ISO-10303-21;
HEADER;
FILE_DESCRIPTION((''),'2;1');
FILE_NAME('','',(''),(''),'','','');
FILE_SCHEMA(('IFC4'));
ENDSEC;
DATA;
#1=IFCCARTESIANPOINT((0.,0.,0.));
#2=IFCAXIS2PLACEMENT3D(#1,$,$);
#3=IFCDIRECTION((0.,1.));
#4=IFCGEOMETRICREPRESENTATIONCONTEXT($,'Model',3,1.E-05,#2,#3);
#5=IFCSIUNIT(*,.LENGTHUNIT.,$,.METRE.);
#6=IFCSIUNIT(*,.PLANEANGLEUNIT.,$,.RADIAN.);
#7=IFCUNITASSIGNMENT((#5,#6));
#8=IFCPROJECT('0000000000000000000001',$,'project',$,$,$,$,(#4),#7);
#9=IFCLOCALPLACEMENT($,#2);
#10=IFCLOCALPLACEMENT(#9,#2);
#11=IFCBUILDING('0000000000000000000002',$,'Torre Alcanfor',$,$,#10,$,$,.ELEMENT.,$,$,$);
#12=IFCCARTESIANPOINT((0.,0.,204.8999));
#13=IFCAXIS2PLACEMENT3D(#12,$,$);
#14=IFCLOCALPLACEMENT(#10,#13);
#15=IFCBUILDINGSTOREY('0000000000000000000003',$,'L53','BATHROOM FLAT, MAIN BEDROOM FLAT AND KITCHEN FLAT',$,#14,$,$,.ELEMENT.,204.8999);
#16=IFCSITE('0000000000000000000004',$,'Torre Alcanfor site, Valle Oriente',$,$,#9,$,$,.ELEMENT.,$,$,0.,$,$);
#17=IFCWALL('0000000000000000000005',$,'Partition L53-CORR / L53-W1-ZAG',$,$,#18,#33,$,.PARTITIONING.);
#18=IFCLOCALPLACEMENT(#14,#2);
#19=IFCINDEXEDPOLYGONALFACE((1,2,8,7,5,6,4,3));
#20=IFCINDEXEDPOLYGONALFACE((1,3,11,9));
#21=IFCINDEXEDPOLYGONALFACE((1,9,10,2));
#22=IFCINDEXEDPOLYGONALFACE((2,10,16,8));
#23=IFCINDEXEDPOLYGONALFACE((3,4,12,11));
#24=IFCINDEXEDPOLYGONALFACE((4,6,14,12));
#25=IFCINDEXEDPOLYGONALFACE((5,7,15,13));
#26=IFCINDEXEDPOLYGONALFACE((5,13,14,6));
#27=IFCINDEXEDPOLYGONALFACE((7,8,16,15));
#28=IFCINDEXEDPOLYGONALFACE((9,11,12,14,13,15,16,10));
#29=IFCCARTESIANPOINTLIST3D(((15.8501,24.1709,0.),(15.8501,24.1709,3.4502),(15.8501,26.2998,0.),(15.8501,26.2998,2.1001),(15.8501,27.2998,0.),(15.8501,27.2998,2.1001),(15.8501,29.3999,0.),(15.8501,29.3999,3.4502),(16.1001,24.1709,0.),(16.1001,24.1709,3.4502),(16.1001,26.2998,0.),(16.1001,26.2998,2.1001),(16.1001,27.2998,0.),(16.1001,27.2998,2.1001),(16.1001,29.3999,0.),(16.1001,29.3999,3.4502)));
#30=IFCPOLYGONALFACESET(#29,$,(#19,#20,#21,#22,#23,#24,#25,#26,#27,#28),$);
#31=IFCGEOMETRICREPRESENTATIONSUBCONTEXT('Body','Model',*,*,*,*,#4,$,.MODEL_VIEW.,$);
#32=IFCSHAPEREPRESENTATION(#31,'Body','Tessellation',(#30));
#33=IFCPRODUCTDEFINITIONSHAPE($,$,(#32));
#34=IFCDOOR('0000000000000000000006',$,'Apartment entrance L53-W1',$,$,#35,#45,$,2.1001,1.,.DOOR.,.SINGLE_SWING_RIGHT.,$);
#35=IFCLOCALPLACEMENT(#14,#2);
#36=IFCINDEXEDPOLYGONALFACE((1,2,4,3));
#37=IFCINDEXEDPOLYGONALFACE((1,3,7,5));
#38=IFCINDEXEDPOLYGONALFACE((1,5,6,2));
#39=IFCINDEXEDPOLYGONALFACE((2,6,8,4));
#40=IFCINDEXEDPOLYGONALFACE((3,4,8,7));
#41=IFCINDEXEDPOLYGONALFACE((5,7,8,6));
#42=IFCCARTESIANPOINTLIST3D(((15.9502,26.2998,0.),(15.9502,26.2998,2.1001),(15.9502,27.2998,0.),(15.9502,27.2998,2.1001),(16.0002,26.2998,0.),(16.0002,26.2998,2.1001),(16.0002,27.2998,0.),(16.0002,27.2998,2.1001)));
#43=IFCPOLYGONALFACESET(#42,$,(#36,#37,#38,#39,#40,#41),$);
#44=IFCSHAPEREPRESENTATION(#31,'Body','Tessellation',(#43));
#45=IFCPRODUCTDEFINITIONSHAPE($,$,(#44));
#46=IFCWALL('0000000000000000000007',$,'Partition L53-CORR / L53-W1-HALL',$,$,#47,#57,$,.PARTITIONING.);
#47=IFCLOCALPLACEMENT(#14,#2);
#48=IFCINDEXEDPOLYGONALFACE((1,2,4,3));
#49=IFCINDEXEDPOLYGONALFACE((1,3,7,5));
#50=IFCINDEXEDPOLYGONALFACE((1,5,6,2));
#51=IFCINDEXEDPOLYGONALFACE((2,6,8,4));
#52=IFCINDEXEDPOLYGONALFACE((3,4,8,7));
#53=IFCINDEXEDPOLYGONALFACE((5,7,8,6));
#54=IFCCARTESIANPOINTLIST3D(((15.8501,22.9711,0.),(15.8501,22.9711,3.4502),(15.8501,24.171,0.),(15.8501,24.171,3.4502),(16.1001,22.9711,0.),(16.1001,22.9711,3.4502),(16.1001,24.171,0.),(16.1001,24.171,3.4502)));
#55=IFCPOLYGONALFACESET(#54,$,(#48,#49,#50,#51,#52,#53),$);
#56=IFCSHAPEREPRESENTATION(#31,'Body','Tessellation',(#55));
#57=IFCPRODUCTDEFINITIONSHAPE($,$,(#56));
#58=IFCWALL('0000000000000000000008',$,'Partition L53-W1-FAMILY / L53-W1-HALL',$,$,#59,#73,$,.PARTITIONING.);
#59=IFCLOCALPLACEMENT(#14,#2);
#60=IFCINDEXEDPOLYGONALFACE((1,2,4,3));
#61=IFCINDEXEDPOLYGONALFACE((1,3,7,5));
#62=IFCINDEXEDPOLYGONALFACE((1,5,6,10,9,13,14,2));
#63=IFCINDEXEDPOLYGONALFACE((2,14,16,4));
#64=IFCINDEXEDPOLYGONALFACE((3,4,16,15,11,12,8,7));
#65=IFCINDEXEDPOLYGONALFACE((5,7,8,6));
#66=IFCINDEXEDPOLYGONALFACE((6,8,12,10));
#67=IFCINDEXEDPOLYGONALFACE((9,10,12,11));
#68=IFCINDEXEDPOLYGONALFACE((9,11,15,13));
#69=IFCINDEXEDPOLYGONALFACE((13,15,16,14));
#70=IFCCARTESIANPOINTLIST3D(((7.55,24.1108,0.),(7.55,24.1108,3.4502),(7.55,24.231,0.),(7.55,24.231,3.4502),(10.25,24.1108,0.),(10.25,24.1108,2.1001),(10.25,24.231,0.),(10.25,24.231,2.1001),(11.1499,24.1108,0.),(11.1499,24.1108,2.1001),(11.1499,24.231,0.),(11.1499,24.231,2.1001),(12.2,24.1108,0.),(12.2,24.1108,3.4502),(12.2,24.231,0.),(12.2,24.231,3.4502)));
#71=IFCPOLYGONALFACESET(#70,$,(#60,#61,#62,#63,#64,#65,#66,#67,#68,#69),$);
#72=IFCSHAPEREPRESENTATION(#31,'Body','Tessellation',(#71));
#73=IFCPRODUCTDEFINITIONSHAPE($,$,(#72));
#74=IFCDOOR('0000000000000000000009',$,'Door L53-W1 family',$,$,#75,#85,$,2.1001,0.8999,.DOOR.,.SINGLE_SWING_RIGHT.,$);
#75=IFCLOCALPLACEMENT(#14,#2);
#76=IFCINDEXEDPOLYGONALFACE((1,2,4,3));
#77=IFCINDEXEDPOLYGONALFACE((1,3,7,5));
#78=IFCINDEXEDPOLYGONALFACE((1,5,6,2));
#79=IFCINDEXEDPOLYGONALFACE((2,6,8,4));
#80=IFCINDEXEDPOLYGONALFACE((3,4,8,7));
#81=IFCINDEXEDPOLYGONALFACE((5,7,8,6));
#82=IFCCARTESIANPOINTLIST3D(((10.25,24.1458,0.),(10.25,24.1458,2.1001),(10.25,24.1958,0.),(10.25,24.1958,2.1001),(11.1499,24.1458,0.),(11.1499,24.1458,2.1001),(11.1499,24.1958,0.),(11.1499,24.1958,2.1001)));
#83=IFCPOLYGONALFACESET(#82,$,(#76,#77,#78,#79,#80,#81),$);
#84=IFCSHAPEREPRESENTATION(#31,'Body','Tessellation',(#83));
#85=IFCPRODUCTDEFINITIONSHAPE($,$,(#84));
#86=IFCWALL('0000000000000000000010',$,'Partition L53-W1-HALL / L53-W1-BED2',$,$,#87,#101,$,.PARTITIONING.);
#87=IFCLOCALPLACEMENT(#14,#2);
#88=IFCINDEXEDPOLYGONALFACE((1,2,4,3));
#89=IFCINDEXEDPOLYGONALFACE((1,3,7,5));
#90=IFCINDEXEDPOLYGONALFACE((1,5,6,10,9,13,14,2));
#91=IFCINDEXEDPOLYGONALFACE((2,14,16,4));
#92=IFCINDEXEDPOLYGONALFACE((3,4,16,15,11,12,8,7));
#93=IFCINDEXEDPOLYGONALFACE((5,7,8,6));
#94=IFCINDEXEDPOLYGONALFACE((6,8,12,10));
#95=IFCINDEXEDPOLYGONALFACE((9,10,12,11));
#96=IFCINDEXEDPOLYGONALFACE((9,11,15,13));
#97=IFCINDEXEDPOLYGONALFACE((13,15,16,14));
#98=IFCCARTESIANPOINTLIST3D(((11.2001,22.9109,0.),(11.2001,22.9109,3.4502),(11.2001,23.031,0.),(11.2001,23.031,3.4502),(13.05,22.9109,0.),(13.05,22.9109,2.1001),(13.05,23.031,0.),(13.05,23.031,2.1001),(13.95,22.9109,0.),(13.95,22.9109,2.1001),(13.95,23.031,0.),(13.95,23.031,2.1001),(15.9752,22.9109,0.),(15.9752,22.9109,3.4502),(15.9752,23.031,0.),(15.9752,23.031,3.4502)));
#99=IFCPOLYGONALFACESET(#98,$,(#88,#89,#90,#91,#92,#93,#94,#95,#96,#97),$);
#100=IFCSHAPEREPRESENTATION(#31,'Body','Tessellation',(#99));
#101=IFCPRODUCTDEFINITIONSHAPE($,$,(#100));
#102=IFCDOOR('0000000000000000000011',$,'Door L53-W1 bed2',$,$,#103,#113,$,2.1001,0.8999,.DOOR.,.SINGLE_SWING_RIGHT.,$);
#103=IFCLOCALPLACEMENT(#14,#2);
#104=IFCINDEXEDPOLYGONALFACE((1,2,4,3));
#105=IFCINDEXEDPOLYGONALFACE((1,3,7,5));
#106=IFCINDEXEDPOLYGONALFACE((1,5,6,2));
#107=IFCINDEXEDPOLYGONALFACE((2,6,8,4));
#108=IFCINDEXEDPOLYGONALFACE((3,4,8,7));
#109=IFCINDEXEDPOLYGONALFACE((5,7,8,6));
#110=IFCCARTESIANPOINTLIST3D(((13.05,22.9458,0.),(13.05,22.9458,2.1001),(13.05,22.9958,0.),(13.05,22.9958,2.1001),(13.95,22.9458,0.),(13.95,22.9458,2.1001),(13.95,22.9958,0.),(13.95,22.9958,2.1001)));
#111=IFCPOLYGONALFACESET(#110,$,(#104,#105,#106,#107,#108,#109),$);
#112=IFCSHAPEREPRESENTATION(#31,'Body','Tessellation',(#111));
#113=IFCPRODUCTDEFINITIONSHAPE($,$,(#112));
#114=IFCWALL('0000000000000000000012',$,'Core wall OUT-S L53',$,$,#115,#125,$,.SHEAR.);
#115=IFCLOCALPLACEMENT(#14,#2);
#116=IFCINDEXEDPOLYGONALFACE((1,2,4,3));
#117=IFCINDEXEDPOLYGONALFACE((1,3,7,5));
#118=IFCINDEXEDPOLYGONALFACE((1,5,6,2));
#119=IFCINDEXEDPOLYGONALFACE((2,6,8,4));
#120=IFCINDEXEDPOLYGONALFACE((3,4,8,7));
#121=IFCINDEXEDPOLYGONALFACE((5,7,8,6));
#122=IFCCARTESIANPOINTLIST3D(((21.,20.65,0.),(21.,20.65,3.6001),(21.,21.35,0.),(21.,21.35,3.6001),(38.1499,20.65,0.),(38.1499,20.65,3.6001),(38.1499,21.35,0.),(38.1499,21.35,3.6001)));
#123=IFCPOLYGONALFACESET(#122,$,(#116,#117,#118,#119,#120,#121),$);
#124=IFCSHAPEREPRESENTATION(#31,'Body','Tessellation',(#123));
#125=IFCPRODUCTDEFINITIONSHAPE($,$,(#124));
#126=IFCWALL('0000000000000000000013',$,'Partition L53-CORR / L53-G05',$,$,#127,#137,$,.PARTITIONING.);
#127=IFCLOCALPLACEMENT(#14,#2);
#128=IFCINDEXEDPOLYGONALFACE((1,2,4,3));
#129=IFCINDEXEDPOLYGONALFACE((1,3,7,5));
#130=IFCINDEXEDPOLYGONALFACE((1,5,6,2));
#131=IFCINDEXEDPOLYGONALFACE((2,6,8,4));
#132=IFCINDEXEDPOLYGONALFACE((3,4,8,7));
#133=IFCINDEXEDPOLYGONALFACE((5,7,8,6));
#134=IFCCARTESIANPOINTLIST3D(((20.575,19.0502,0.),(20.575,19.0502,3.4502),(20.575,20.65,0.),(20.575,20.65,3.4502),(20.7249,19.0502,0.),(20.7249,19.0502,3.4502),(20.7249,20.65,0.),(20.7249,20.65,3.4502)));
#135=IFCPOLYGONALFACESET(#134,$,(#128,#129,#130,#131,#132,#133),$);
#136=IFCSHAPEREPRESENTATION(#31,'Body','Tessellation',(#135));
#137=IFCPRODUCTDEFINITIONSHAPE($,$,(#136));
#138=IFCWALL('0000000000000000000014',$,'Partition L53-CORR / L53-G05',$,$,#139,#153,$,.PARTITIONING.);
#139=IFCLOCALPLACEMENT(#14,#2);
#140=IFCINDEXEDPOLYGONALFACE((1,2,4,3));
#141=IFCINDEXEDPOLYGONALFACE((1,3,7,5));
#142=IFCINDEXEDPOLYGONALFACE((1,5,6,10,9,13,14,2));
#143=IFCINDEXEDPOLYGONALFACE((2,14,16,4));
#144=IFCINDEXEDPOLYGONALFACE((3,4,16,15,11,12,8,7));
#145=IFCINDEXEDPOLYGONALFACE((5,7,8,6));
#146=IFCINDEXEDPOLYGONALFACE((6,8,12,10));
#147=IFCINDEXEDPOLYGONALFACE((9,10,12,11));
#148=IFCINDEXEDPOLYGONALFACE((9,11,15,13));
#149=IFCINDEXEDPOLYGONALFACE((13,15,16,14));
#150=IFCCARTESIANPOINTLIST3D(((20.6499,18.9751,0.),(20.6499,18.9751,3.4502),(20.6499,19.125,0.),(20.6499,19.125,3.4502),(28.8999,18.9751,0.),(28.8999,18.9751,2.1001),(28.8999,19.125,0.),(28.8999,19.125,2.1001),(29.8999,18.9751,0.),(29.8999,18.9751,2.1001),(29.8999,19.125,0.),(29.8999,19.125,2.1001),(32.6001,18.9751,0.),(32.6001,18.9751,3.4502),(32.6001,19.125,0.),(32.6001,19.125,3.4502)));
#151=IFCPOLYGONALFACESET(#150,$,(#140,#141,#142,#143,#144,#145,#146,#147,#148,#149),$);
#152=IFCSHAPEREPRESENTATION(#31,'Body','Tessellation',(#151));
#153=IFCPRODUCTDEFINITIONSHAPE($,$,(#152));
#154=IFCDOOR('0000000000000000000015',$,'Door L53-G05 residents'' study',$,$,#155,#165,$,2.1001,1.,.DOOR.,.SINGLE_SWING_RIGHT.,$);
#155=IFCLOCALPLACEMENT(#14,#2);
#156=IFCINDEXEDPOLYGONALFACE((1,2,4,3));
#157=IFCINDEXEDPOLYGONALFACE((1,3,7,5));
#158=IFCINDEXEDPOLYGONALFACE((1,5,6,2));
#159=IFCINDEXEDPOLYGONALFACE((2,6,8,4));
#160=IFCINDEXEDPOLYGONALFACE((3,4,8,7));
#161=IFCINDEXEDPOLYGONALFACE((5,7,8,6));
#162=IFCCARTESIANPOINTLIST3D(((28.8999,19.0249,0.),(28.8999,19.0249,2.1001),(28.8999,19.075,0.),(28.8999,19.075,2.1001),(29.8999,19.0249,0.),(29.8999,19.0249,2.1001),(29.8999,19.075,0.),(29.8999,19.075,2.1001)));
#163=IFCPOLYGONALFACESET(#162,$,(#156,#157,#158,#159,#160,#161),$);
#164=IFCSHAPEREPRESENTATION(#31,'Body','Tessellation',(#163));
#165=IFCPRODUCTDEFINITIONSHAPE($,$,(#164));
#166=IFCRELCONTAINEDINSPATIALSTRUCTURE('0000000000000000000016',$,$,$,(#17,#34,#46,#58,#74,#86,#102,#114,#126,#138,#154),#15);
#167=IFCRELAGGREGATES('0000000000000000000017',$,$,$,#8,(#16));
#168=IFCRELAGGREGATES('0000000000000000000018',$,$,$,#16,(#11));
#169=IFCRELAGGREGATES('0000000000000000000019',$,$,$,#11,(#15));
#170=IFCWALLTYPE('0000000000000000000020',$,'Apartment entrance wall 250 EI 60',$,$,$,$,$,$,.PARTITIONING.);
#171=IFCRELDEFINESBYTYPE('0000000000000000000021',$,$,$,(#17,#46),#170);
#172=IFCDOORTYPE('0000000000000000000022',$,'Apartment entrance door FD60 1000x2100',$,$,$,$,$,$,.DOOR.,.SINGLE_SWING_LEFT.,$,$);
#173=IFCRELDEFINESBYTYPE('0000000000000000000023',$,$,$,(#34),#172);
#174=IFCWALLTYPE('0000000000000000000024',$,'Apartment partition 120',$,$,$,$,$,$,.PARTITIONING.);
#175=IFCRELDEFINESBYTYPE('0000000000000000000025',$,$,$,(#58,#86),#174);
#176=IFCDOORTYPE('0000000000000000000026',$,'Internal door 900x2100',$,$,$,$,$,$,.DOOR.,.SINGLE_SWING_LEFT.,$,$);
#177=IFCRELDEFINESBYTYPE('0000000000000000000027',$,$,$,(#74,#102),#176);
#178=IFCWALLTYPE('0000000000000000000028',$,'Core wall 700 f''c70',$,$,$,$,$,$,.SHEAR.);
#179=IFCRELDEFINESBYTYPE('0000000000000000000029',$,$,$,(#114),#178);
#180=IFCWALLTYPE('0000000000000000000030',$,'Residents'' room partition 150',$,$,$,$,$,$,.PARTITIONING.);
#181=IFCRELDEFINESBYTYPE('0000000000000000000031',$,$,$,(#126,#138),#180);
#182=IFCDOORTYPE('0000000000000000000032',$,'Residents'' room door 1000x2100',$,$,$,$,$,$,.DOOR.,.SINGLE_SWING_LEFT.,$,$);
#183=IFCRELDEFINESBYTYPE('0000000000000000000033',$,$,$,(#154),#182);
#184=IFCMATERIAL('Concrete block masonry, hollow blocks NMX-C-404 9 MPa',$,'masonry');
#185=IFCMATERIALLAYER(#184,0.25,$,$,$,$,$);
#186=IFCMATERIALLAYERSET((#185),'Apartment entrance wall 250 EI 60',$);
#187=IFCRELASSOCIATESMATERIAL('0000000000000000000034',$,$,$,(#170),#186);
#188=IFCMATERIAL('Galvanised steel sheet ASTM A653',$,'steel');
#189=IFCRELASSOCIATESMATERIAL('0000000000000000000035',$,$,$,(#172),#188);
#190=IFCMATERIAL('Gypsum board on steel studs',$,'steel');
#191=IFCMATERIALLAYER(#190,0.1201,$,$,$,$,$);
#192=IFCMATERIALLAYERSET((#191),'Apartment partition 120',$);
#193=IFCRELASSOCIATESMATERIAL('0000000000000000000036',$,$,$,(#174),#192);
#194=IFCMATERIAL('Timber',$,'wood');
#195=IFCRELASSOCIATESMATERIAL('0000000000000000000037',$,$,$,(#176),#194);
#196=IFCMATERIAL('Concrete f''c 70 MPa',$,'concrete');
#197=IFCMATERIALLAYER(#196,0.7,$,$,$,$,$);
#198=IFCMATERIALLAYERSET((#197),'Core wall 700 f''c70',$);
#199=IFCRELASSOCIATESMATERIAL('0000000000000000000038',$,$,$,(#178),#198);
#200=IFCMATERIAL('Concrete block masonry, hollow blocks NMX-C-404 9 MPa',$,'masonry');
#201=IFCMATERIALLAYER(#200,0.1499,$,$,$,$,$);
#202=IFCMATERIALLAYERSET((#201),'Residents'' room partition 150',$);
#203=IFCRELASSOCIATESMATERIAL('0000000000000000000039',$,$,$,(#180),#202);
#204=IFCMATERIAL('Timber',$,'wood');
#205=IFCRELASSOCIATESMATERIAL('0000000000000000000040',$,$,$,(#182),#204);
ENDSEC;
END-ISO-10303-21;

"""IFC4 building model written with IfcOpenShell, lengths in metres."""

from ifc_helpers import new_model, si_unit, direction, frame, frame_2d, origin, place, context, subcontext, project, spatial, rectangle, extrude, material, layer, layer_set, type_object, element, fill, save


model = new_model("IFC4")

# Units and contexts
model_context = context("Model", 3, precision=1e-05, world=origin(), true_north=direction((0.0, 1.0)))
body_context = subcontext(model_context, "Body", "Model", "MODEL_VIEW")
ifc_project = project(units=[si_unit("LENGTHUNIT", "METRE"), si_unit("PLANEANGLEUNIT", "RADIAN")], contexts=[model_context])

# Site, building, storey
site_placement = place(None, origin())
site = spatial("IfcSite", under=ifc_project, at=site_placement, Name="Torre Alcanfor site, Valle Oriente", CompositionType="ELEMENT", RefElevation=0.0)
building_placement = place(site_placement, origin())
building = spatial("IfcBuilding", under=site, at=building_placement, Name="Torre Alcanfor", CompositionType="ELEMENT")
storey_placement = place(building_placement, frame((0.0, 0.0, 204.8999)))
storey = spatial("IfcBuildingStorey", under=building, at=storey_placement, Name="L53", Description="BATHROOM FLAT, MAIN BEDROOM FLAT AND KITCHEN FLAT", CompositionType="ELEMENT", Elevation=204.8999)

# Wall, opening, door
ifc_material_1 = material(Name="Concrete block masonry, hollow blocks NMX-C-404 9 MPa", Category="masonry")
ifc_layer_1 = layer(ifc_material_1, 0.25)
ifc_layer_set_1 = layer_set([ifc_layer_1], Name="Apartment entrance wall 250 EI 60")
wall_type_1 = type_object("IfcWallType", Name="Apartment entrance wall 250 EI 60", PredefinedType="PARTITIONING", material=ifc_layer_set_1)
wall_1_placement = place(storey_placement, frame((15.9751, 24.1709, 0.0), z_axis=(0.0, 0.0, 1.0), x_axis=(0.0, 1.0, 0.0)))
wall_1 = element("IfcWall", 1, at=wall_1_placement, inside=storey, type_object=wall_type_1, Name="Partition L53-CORR / L53-W1-ZAG", PredefinedType="PARTITIONING", context=body_context, shape_type="SweptSolid", body=[
    extrude(rectangle(XDim=5.229, YDim=0.25, at=frame_2d((2.6145, 0.0))), origin(), (0.0, 0.0, 1.0), 3.4502),
])
opening_1_placement = place(wall_1_placement, frame((2.1289, 0.0, 0.0)))
opening_1 = element("IfcOpeningElement", 2, at=opening_1_placement, cuts=wall_1, PredefinedType="OPENING", context=body_context, shape_type="SweptSolid", body=[
    extrude(rectangle(XDim=1.0, YDim=2.1001, at=frame_2d((0.5, 1.05))), frame((0.0, 0.135, 0.0), z_axis=(0.0, -1.0, 0.0), x_axis=(1.0, 0.0, 0.0)), (0.0, 0.0, 1.0), 0.27),
])
ifc_material_2 = material(Name="Galvanised steel sheet ASTM A653", Category="steel")
door_type_1 = type_object("IfcDoorType", Name="Apartment entrance door FD60 1000x2100", OperationType="SINGLE_SWING_LEFT", PredefinedType="DOOR", material=ifc_material_2)
door_1_placement = place(opening_1_placement, origin())
door_1 = element("IfcDoor", 3, at=door_1_placement, inside=storey, type_object=door_type_1, Name="Apartment entrance L53-W1", OperationType="SINGLE_SWING_RIGHT", OverallHeight=2.1001, OverallWidth=1.0, PredefinedType="DOOR", context=body_context, shape_type="SweptSolid", body=[
    extrude(rectangle(XDim=1.0, YDim=2.1001, at=frame_2d((0.5, 1.05))), frame((0.0, 0.0249, 0.0), z_axis=(0.0, -1.0, 0.0), x_axis=(1.0, 0.0, 0.0)), (0.0, 0.0, 1.0), 0.05),
])
fill(opening_1, door_1)

# Wall
wall_2_placement = place(storey_placement, frame((15.9751, 22.9709, 0.0), z_axis=(0.0, 0.0, 1.0), x_axis=(0.0, 1.0, 0.0)))
element("IfcWall", 4, at=wall_2_placement, inside=storey, type_object=wall_type_1, Name="Partition L53-CORR / L53-W1-HALL", PredefinedType="PARTITIONING", context=body_context, shape_type="SweptSolid", body=[
    extrude(rectangle(XDim=1.2, YDim=0.25, at=frame_2d((0.6001, 0.0))), origin(), (0.0, 0.0, 1.0), 3.4502),
])

# Walls, openings, doors
ifc_material_3 = material(Name="Gypsum board on steel studs", Category="steel")
ifc_layer_2 = layer(ifc_material_3, 0.1201)
ifc_layer_set_2 = layer_set([ifc_layer_2], Name="Apartment partition 120")
wall_type_2 = type_object("IfcWallType", Name="Apartment partition 120", PredefinedType="PARTITIONING", material=ifc_layer_set_2)
wall_3_placement = place(storey_placement, frame((7.55, 24.1709, 0.0), z_axis=(0.0, 0.0, 1.0), x_axis=(1.0, 0.0, 0.0)))
wall_3 = element("IfcWall", 5, at=wall_3_placement, inside=storey, type_object=wall_type_2, Name="Partition L53-W1-FAMILY / L53-W1-HALL", PredefinedType="PARTITIONING", context=body_context, shape_type="SweptSolid", body=[
    extrude(rectangle(XDim=4.6499, YDim=0.1201, at=frame_2d((2.325, 0.0))), origin(), (0.0, 0.0, 1.0), 3.4502),
])
opening_2_placement = place(wall_3_placement, frame((2.7, 0.0, 0.0)))
opening_2 = element("IfcOpeningElement", 6, at=opening_2_placement, cuts=wall_3, PredefinedType="OPENING", context=body_context, shape_type="SweptSolid", body=[
    extrude(rectangle(XDim=0.8999, YDim=2.1001, at=frame_2d((0.45, 1.05))), frame((0.0, 0.0701, 0.0), z_axis=(0.0, -1.0, 0.0), x_axis=(1.0, 0.0, 0.0)), (0.0, 0.0, 1.0), 0.1401),
])
ifc_material_4 = material(Name="Timber", Category="wood")
door_type_2 = type_object("IfcDoorType", Name="Internal door 900x2100", OperationType="SINGLE_SWING_LEFT", PredefinedType="DOOR", material=ifc_material_4)
door_2_placement = place(opening_2_placement, origin())
door_2 = element("IfcDoor", 7, at=door_2_placement, inside=storey, type_object=door_type_2, Name="Door L53-W1 family", OperationType="SINGLE_SWING_RIGHT", OverallHeight=2.1001, OverallWidth=0.8999, PredefinedType="DOOR", context=body_context, shape_type="SweptSolid", body=[
    extrude(rectangle(XDim=0.8999, YDim=2.1001, at=frame_2d((0.45, 1.05))), frame((0.0, 0.0249, 0.0), z_axis=(0.0, -1.0, 0.0), x_axis=(1.0, 0.0, 0.0)), (0.0, 0.0, 1.0), 0.05),
])
fill(opening_2, door_2)
wall_4_placement = place(storey_placement, frame((11.2, 22.9709, 0.0), z_axis=(0.0, 0.0, 1.0), x_axis=(1.0, 0.0, 0.0)))
wall_4 = element("IfcWall", 8, at=wall_4_placement, inside=storey, type_object=wall_type_2, Name="Partition L53-W1-HALL / L53-W1-BED2", PredefinedType="PARTITIONING", context=body_context, shape_type="SweptSolid", body=[
    extrude(rectangle(XDim=4.7751, YDim=0.1201, at=frame_2d((2.3877, 0.0))), origin(), (0.0, 0.0, 1.0), 3.4502),
])
opening_3_placement = place(wall_4_placement, frame((1.8501, 0.0, 0.0)))
opening_3 = element("IfcOpeningElement", 9, at=opening_3_placement, cuts=wall_4, PredefinedType="OPENING", context=body_context, shape_type="SweptSolid", body=[
    extrude(rectangle(XDim=0.8999, YDim=2.1001, at=frame_2d((0.45, 1.05))), frame((0.0, 0.0701, 0.0), z_axis=(0.0, -1.0, 0.0), x_axis=(1.0, 0.0, 0.0)), (0.0, 0.0, 1.0), 0.1401),
])
door_3_placement = place(opening_3_placement, frame((0.8999, 0.0, 0.0), z_axis=(0.0, 0.0, 1.0), x_axis=(-1.0, 0.0, 0.0)))
door_3 = element("IfcDoor", 10, at=door_3_placement, inside=storey, type_object=door_type_2, Name="Door L53-W1 bed2", OperationType="SINGLE_SWING_RIGHT", OverallHeight=2.1001, OverallWidth=0.8999, PredefinedType="DOOR", context=body_context, shape_type="SweptSolid", body=[
    extrude(rectangle(XDim=0.8999, YDim=2.1001, at=frame_2d((0.45, 1.05))), frame((0.0, 0.0251, 0.0), z_axis=(0.0, -1.0, 0.0), x_axis=(1.0, 0.0, 0.0)), (0.0, 0.0, 1.0), 0.05),
])
fill(opening_3, door_3)

# Walls
ifc_material_5 = material(Name="Concrete f'c 70 MPa", Category="concrete")
ifc_layer_3 = layer(ifc_material_5, 0.7)
ifc_layer_set_3 = layer_set([ifc_layer_3], Name="Core wall 700 f'c70")
wall_type_3 = type_object("IfcWallType", Name="Core wall 700 f'c70", PredefinedType="SHEAR", material=ifc_layer_set_3)
wall_5_placement = place(storey_placement, frame((21.0, 21.0, 0.0), z_axis=(0.0, 0.0, 1.0), x_axis=(1.0, 0.0, 0.0)))
element("IfcWall", 11, at=wall_5_placement, inside=storey, type_object=wall_type_3, Name="Core wall OUT-S L53", PredefinedType="SHEAR", context=body_context, shape_type="SweptSolid", body=[
    extrude(rectangle(XDim=17.1499, YDim=0.7, at=frame_2d((8.575, 0.0))), origin(), (0.0, 0.0, 1.0), 3.6001),
])
ifc_material_6 = material(Name="Concrete block masonry, hollow blocks NMX-C-404 9 MPa", Category="masonry")
ifc_layer_4 = layer(ifc_material_6, 0.1499)
ifc_layer_set_4 = layer_set([ifc_layer_4], Name="Residents' room partition 150")
wall_type_4 = type_object("IfcWallType", Name="Residents' room partition 150", PredefinedType="PARTITIONING", material=ifc_layer_set_4)
wall_6_placement = place(storey_placement, frame((20.6499, 20.6499, 0.0), z_axis=(0.0, 0.0, 1.0), x_axis=(0.0, -1.0, 0.0)))
element("IfcWall", 12, at=wall_6_placement, inside=storey, type_object=wall_type_4, Name="Partition L53-CORR / L53-G05", PredefinedType="PARTITIONING", context=body_context, shape_type="SweptSolid", body=[
    extrude(rectangle(XDim=1.5999, YDim=0.1499, at=frame_2d((0.7998, 0.0))), origin(), (0.0, 0.0, 1.0), 3.4502),
])

# Wall, opening, door
wall_7_placement = place(storey_placement, frame((20.6499, 19.05, 0.0), z_axis=(0.0, 0.0, 1.0), x_axis=(1.0, 0.0, 0.0)))
wall_7 = element("IfcWall", 13, at=wall_7_placement, inside=storey, type_object=wall_type_4, Name="Partition L53-CORR / L53-G05", PredefinedType="PARTITIONING", context=body_context, shape_type="SweptSolid", body=[
    extrude(rectangle(XDim=11.9502, YDim=0.1499, at=frame_2d((5.9751, 0.0))), origin(), (0.0, 0.0, 1.0), 3.4502),
])
opening_4_placement = place(wall_7_placement, frame((8.25, 0.0, 0.0)))
opening_4 = element("IfcOpeningElement", 14, at=opening_4_placement, cuts=wall_7, PredefinedType="OPENING", context=body_context, shape_type="SweptSolid", body=[
    extrude(rectangle(XDim=1.0, YDim=2.1001, at=frame_2d((0.5, 1.05))), frame((0.0, 0.085, 0.0), z_axis=(0.0, -1.0, 0.0), x_axis=(1.0, 0.0, 0.0)), (0.0, 0.0, 1.0), 0.1699),
])
ifc_material_7 = material(Name="Timber", Category="wood")
door_type_3 = type_object("IfcDoorType", Name="Residents' room door 1000x2100", OperationType="SINGLE_SWING_LEFT", PredefinedType="DOOR", material=ifc_material_7)
door_4_placement = place(opening_4_placement, origin())
door_4 = element("IfcDoor", 15, at=door_4_placement, inside=storey, type_object=door_type_3, Name="Door L53-G05 residents' study", OperationType="SINGLE_SWING_RIGHT", OverallHeight=2.1001, OverallWidth=1.0, PredefinedType="DOOR", context=body_context, shape_type="SweptSolid", body=[
    extrude(rectangle(XDim=1.0, YDim=2.1001, at=frame_2d((0.5, 1.05))), frame((0.0, 0.0249, 0.0), z_axis=(0.0, -1.0, 0.0), x_axis=(1.0, 0.0, 0.0)), (0.0, 0.0, 1.0), 0.05),
])
fill(opening_4, door_4)

save(model, "model.ifc")
